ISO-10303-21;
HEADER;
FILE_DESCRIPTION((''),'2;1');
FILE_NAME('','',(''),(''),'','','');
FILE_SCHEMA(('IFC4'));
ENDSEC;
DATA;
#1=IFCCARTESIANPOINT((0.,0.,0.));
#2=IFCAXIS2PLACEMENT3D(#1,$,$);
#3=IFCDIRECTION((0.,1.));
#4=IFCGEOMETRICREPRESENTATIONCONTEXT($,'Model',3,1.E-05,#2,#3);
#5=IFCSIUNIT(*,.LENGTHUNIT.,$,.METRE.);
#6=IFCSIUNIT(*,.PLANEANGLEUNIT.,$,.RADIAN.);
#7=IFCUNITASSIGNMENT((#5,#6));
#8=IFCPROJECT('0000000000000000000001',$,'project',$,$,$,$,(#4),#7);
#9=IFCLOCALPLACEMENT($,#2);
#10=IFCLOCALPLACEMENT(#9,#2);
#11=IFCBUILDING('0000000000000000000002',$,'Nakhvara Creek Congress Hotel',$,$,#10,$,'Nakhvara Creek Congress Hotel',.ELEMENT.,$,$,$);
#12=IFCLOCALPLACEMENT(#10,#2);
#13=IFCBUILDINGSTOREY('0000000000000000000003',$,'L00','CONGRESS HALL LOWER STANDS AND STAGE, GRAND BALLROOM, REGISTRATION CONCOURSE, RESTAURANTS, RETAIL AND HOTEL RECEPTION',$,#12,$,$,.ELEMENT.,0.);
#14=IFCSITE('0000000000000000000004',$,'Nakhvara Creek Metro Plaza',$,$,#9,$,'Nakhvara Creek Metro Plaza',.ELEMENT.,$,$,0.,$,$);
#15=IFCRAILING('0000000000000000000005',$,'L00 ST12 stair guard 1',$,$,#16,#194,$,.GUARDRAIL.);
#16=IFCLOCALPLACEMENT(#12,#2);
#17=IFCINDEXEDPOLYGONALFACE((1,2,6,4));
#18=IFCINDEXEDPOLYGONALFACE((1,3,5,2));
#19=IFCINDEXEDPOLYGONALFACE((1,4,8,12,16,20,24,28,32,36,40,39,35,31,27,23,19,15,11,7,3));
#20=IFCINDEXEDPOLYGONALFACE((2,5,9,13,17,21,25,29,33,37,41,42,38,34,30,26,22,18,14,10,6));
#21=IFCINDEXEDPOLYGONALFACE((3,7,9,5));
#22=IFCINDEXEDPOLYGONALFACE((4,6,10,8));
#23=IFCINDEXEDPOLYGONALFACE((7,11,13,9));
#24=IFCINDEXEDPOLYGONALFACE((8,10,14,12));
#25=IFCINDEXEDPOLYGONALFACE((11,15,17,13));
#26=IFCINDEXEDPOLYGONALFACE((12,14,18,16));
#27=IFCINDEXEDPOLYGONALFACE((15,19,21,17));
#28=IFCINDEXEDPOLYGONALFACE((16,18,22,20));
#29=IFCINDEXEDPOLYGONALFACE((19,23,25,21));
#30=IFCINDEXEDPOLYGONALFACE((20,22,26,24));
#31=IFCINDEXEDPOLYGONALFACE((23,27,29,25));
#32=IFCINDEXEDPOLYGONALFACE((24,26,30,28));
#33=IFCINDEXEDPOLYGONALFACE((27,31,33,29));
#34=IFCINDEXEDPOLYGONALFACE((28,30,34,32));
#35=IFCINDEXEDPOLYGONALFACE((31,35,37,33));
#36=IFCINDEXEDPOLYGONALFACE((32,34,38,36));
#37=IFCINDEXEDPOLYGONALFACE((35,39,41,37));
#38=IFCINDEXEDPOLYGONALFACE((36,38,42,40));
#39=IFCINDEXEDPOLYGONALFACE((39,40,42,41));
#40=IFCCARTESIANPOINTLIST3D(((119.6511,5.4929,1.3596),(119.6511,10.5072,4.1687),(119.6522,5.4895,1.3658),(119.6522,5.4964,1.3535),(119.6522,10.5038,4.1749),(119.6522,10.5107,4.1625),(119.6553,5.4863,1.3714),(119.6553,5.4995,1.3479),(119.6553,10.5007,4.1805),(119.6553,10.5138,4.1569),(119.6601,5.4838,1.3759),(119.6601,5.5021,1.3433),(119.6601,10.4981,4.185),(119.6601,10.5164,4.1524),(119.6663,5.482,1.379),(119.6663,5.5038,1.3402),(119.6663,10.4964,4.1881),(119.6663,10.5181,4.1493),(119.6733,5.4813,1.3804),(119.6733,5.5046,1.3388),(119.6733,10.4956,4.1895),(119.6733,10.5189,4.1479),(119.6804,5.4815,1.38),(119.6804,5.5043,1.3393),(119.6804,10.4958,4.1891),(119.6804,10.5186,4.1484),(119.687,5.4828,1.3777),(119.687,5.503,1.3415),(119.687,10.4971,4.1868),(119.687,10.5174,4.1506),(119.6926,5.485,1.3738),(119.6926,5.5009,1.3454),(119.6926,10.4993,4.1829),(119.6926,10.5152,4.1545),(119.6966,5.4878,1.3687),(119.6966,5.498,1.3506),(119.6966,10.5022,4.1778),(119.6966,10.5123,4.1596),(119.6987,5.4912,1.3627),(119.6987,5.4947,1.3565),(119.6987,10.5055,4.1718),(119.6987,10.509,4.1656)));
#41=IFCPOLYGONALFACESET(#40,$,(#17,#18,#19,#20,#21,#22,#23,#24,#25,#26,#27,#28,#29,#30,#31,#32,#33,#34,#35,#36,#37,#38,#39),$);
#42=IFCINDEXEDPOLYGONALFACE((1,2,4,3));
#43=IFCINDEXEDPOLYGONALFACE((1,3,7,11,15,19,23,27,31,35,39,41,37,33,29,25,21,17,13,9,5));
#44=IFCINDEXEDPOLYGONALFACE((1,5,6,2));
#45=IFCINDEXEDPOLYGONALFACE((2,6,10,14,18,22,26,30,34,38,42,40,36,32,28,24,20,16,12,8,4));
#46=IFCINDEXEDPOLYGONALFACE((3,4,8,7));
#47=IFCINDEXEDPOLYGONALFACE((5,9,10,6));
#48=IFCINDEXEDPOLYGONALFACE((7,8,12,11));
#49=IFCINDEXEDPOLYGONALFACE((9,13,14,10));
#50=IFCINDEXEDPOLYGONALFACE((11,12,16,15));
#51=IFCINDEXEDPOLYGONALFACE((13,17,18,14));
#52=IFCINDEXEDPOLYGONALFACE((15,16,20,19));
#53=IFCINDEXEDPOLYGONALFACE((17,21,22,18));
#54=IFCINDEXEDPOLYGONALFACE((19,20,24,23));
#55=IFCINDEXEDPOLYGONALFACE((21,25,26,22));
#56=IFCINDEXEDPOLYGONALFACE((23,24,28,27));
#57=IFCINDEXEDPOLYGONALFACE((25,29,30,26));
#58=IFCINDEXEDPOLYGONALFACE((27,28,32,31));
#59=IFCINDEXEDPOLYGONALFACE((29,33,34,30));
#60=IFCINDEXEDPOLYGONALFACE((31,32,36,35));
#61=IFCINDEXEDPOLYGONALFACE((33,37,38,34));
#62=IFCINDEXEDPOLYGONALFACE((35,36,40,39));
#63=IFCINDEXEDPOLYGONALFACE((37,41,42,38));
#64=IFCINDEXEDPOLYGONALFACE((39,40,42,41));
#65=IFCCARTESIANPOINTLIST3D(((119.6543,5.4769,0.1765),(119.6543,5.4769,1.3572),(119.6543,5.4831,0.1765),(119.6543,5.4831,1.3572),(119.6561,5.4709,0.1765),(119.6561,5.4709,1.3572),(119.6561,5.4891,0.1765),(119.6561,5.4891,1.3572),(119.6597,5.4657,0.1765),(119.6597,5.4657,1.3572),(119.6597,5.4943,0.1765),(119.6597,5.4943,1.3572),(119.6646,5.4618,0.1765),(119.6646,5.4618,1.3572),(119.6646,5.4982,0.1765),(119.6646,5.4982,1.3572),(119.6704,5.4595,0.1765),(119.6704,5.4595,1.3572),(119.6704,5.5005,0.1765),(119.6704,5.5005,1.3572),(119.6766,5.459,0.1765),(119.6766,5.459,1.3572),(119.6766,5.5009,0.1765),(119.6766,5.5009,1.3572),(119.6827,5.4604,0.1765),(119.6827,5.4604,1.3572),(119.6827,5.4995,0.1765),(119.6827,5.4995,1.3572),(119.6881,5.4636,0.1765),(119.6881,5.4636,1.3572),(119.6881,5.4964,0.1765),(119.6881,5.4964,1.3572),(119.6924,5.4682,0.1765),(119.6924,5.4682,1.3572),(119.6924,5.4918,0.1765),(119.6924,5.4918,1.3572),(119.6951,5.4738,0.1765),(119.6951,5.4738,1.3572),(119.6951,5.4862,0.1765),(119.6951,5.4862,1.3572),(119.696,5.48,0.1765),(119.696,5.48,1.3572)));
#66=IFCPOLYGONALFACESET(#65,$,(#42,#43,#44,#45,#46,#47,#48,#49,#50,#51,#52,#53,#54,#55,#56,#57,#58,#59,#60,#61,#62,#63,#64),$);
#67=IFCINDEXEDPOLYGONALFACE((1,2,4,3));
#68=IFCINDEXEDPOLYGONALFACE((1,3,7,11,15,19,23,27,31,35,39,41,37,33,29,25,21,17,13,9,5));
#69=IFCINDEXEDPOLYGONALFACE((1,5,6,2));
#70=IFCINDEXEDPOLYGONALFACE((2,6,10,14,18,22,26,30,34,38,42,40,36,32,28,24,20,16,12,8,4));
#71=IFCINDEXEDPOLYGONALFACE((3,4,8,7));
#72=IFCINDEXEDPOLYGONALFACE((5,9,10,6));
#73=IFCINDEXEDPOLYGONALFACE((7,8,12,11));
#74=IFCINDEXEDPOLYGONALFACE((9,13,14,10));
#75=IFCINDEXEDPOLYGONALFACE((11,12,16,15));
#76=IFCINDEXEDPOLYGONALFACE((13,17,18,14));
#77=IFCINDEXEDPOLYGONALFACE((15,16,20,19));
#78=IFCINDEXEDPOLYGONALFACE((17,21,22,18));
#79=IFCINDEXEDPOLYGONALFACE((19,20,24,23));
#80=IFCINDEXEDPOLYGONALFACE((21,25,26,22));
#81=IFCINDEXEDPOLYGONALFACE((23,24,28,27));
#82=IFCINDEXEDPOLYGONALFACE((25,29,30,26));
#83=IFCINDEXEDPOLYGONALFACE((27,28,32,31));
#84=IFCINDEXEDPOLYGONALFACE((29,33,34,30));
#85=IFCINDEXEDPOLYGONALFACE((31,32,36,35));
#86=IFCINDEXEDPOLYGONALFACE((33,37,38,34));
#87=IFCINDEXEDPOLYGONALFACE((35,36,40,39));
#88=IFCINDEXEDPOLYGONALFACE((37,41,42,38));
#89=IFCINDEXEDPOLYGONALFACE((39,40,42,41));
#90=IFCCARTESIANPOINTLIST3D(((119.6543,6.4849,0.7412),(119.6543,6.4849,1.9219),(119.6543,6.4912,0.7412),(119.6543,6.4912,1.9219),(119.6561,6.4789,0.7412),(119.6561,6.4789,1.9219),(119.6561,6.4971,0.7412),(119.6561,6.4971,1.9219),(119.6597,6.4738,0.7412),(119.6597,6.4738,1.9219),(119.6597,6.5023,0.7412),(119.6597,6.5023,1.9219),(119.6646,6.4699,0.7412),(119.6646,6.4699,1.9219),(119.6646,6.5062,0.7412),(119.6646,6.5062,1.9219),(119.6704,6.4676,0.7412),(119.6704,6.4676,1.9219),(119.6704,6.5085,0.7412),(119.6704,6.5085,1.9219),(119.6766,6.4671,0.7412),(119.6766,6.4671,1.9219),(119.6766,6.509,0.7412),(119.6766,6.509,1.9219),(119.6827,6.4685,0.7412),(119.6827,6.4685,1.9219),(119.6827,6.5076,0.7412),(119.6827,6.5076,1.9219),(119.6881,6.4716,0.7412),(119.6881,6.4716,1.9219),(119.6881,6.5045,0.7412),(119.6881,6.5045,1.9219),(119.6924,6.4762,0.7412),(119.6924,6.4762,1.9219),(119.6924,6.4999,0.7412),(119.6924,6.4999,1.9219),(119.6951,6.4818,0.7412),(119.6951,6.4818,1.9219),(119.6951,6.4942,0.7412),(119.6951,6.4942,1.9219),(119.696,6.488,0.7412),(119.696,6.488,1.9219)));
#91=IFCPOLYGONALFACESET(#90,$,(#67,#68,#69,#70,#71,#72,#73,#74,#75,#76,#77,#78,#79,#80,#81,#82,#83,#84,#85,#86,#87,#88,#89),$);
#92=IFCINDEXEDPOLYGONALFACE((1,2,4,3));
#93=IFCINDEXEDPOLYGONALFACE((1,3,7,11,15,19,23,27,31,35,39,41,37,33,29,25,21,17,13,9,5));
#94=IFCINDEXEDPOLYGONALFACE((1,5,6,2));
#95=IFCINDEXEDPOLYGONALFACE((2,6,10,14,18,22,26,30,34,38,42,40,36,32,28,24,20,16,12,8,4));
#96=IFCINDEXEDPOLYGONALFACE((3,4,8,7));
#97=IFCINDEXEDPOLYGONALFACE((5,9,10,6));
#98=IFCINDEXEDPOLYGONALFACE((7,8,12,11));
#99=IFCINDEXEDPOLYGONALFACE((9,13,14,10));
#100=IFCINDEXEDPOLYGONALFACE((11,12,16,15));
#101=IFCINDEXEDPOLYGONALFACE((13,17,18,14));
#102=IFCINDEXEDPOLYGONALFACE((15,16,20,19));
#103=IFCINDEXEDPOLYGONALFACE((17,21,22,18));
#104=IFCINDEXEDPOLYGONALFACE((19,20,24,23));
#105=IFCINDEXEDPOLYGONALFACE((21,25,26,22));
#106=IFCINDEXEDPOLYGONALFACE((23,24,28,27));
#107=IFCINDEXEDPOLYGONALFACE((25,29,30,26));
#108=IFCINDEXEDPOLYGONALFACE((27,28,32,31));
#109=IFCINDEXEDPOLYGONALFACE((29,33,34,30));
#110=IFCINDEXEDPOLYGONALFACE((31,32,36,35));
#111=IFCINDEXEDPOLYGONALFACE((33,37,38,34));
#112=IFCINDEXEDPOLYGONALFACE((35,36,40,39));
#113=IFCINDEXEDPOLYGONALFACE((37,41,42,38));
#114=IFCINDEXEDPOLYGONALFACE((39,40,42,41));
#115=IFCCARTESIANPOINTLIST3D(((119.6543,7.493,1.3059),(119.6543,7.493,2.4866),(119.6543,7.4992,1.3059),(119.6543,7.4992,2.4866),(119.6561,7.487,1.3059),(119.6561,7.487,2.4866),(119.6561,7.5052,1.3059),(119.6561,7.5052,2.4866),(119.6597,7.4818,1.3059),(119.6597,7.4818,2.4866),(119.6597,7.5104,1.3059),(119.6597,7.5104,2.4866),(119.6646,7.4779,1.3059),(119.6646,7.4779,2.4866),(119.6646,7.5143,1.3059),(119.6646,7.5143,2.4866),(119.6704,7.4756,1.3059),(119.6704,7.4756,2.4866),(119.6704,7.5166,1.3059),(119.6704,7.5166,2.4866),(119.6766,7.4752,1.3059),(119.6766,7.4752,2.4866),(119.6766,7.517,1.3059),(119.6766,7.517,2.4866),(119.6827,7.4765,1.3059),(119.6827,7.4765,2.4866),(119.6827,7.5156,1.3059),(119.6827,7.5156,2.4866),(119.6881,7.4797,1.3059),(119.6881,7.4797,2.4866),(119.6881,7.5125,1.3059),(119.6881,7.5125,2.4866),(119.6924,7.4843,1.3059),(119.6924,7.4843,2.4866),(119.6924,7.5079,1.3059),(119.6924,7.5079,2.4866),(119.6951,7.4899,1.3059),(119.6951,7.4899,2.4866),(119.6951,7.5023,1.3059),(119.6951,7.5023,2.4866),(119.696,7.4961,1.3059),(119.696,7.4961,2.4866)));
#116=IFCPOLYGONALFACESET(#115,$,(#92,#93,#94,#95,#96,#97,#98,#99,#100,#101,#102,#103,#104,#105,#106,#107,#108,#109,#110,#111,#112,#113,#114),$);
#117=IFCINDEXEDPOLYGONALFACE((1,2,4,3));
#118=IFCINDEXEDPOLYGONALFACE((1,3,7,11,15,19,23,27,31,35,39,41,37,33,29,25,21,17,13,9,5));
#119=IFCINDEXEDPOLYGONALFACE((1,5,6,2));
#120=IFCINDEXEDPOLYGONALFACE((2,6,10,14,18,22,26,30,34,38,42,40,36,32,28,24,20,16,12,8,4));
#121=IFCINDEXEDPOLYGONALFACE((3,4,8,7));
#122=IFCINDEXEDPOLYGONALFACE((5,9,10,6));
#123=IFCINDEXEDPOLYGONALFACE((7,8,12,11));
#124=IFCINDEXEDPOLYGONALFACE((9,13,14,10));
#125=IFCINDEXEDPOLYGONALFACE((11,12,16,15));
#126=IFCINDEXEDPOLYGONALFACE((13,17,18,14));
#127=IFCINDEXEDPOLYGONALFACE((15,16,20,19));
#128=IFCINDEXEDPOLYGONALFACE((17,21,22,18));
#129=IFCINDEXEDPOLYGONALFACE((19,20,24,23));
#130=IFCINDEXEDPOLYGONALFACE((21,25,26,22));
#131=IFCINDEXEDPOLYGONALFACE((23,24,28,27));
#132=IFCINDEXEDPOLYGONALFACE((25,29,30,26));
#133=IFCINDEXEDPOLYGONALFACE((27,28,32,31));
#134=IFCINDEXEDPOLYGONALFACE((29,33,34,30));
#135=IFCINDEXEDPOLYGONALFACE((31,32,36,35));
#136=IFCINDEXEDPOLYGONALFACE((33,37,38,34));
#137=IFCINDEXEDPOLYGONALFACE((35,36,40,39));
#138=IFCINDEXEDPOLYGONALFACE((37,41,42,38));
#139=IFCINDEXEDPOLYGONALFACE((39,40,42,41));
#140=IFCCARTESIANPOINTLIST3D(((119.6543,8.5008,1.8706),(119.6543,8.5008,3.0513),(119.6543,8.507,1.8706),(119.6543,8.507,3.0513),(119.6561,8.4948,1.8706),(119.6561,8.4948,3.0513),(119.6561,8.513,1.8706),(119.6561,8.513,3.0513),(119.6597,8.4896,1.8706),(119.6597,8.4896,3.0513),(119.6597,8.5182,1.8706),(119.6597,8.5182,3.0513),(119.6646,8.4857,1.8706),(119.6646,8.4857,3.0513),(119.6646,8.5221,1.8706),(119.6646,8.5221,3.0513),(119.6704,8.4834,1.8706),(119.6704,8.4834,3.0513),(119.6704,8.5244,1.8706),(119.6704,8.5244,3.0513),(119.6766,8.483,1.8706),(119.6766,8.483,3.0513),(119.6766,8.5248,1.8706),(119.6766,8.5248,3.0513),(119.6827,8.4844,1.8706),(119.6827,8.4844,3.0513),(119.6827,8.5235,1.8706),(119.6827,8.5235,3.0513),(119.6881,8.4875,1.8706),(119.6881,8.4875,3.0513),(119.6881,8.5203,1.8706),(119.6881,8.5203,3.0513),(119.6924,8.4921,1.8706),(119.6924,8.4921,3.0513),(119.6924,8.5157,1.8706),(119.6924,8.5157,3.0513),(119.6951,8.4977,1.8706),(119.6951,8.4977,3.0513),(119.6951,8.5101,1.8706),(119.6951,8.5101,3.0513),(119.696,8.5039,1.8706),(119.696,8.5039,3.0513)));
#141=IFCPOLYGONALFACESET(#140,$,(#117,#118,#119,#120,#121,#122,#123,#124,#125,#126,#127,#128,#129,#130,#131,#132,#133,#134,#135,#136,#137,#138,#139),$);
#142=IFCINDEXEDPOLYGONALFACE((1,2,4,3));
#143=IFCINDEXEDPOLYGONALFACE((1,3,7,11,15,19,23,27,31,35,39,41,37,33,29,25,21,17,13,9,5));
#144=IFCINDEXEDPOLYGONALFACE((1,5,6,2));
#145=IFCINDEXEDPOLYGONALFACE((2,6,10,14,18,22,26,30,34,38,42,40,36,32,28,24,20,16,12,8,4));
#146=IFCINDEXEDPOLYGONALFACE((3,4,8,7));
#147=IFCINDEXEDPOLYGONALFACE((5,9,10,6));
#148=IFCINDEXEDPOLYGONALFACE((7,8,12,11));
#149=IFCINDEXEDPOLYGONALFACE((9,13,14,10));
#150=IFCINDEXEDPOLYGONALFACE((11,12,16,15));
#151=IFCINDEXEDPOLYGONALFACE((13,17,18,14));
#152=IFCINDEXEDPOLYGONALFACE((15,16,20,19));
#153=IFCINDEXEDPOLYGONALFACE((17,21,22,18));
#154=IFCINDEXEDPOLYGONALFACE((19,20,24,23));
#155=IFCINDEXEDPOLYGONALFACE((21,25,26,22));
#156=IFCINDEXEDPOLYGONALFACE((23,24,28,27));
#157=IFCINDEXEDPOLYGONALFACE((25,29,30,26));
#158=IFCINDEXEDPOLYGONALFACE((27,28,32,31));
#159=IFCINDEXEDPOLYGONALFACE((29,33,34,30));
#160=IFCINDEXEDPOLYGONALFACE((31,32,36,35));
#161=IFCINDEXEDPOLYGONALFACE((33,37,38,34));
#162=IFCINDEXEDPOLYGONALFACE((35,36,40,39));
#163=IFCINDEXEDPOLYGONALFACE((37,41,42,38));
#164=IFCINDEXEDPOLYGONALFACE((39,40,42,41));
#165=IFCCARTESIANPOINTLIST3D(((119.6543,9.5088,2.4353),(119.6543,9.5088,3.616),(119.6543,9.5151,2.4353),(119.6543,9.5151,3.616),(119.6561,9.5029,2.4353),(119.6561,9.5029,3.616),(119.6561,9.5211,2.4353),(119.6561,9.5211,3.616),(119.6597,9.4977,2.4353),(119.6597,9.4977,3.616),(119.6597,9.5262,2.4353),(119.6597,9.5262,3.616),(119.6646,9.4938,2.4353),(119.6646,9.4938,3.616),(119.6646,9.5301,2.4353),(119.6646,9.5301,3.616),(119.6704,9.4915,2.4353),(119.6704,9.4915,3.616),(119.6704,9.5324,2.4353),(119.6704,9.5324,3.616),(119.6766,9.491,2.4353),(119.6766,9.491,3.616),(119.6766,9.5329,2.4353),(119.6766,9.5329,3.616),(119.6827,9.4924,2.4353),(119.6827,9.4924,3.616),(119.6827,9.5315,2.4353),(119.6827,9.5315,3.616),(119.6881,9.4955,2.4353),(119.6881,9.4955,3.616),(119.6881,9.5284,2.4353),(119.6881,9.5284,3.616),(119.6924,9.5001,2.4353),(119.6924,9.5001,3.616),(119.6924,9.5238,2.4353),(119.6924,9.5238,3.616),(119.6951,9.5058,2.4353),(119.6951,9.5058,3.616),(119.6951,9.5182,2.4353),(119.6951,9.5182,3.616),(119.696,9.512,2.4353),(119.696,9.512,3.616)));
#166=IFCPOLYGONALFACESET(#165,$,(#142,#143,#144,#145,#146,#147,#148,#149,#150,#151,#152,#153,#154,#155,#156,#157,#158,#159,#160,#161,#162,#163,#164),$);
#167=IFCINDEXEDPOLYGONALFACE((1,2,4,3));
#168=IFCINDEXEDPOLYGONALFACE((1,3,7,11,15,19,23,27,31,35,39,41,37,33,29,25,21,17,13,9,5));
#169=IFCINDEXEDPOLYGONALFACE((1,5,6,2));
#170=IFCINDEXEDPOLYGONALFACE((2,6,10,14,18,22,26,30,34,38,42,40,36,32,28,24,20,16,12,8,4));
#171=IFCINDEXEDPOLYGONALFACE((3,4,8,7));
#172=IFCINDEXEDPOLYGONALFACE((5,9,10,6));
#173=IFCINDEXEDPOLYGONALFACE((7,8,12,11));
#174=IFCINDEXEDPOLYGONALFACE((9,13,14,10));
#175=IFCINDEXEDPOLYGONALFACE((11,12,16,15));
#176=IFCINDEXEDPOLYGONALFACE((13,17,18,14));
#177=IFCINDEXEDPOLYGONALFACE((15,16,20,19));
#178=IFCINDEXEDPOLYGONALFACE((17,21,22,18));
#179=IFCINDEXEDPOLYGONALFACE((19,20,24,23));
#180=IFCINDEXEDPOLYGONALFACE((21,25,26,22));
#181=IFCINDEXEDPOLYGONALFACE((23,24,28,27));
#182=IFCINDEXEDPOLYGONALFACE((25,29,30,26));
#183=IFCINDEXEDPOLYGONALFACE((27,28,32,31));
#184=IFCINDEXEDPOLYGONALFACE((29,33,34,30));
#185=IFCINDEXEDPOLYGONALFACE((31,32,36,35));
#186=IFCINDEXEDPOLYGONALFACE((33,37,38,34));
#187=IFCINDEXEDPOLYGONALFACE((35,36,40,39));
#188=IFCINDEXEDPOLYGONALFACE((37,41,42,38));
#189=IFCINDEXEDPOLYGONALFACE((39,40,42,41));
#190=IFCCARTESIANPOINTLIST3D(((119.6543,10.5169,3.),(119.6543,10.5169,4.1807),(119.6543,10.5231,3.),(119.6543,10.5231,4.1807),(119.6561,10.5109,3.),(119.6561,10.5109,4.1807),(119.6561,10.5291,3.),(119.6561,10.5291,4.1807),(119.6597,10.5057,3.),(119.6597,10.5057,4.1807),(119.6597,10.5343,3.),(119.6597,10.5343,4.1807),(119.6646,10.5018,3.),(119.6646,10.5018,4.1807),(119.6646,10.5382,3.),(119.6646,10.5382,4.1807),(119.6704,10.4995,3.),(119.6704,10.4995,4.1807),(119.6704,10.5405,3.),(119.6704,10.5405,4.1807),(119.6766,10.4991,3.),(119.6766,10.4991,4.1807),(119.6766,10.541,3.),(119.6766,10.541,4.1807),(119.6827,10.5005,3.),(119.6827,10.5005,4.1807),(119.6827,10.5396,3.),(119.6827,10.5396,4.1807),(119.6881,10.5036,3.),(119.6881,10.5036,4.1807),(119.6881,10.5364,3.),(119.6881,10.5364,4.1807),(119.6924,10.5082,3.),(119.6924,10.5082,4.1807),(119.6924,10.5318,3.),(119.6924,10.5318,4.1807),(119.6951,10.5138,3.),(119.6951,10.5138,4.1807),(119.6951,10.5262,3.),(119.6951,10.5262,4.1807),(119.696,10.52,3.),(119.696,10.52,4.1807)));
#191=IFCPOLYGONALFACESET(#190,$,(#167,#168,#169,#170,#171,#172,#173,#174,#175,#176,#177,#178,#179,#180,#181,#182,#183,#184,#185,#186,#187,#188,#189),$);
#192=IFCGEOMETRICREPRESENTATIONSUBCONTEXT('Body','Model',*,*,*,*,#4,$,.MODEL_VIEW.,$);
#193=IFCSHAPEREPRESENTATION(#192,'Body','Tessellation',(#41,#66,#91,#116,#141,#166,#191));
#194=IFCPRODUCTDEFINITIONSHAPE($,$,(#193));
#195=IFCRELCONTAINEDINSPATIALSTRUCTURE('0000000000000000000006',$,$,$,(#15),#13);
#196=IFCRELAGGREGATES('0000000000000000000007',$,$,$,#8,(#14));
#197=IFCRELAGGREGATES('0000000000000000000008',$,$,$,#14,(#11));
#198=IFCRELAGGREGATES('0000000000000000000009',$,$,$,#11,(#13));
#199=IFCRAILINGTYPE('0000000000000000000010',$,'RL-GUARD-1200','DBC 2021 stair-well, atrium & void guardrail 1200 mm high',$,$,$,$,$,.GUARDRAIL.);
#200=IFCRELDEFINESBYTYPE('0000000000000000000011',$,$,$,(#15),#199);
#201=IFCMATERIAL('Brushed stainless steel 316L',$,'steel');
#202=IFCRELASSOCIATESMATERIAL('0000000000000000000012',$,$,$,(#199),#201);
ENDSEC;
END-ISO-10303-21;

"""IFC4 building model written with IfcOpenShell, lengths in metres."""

from ifc_helpers import new_model, si_unit, direction, frame, origin, origin_2d, place, context, subcontext, project, spatial, circle, extrude, material, type_object, element, save


model = new_model("IFC4")

# Units and contexts
model_context = context("Model", 3, precision=1e-05, world=origin(), true_north=direction((0.0, 1.0)))
body_context = subcontext(model_context, "Body", "Model", "MODEL_VIEW")
ifc_project = project(units=[si_unit("LENGTHUNIT", "METRE"), si_unit("PLANEANGLEUNIT", "RADIAN")], contexts=[model_context])

# Site, building, storey
site_placement = place(None, origin())
site = spatial("IfcSite", under=ifc_project, at=site_placement, Name="Nakhvara Creek Metro Plaza", LongName="Nakhvara Creek Metro Plaza", CompositionType="ELEMENT", RefElevation=0.0)
building_placement = place(site_placement, origin())
building = spatial("IfcBuilding", under=site, at=building_placement, Name="Nakhvara Creek Congress Hotel", LongName="Nakhvara Creek Congress Hotel", CompositionType="ELEMENT")
storey_placement = place(building_placement, origin())
storey = spatial("IfcBuildingStorey", under=building, at=storey_placement, Name="L00", Description="CONGRESS HALL LOWER STANDS AND STAGE, GRAND BALLROOM, REGISTRATION CONCOURSE, RESTAURANTS, RETAIL AND HOTEL RECEPTION", CompositionType="ELEMENT", Elevation=0.0)

# Railing
ifc_material_1 = material(Name="Brushed stainless steel 316L", Category="steel")
railing_type_1 = type_object("IfcRailingType", Name="RL-GUARD-1200", Description="DBC 2021 stair-well, atrium & void guardrail 1200 mm high", PredefinedType="GUARDRAIL", material=ifc_material_1)
railing_1_placement = place(storey_placement, frame((119.675, 5.48, 0.1765)))
element("IfcRailing", 1, at=railing_1_placement, inside=storey, type_object=railing_type_1, Name="L00 ST12 stair guard 1", PredefinedType="GUARDRAIL", context=body_context, shape_type="SweptSolid", body=[
    extrude(circle(Radius=0.0239, at=origin_2d()), frame((0.0, 0.0129, 1.1831), z_axis=(0.0, 0.872427, 0.488744), x_axis=(-1.0, 0.0, 0.0)), (0.0, 0.0, 1.0), 5.7476),
    extrude(circle(Radius=0.021, at=origin_2d()), origin(), (0.0, 0.0, 1.0), 1.1807),
    extrude(circle(Radius=0.021, at=origin_2d()), frame((0.0, 1.0081, 0.5647)), (0.0, 0.0, 1.0), 1.1807),
    extrude(circle(Radius=0.021, at=origin_2d()), frame((0.0, 2.0161, 1.1294)), (0.0, 0.0, 1.0), 1.1807),
    extrude(circle(Radius=0.021, at=origin_2d()), frame((0.0, 3.0239, 1.6941)), (0.0, 0.0, 1.0), 1.1807),
    extrude(circle(Radius=0.021, at=origin_2d()), frame((0.0, 4.032, 2.2588)), (0.0, 0.0, 1.0), 1.1807),
    extrude(circle(Radius=0.021, at=origin_2d()), frame((0.0, 5.04, 2.8235)), (0.0, 0.0, 1.0), 1.1807),
])

save(model, "model.ifc")
